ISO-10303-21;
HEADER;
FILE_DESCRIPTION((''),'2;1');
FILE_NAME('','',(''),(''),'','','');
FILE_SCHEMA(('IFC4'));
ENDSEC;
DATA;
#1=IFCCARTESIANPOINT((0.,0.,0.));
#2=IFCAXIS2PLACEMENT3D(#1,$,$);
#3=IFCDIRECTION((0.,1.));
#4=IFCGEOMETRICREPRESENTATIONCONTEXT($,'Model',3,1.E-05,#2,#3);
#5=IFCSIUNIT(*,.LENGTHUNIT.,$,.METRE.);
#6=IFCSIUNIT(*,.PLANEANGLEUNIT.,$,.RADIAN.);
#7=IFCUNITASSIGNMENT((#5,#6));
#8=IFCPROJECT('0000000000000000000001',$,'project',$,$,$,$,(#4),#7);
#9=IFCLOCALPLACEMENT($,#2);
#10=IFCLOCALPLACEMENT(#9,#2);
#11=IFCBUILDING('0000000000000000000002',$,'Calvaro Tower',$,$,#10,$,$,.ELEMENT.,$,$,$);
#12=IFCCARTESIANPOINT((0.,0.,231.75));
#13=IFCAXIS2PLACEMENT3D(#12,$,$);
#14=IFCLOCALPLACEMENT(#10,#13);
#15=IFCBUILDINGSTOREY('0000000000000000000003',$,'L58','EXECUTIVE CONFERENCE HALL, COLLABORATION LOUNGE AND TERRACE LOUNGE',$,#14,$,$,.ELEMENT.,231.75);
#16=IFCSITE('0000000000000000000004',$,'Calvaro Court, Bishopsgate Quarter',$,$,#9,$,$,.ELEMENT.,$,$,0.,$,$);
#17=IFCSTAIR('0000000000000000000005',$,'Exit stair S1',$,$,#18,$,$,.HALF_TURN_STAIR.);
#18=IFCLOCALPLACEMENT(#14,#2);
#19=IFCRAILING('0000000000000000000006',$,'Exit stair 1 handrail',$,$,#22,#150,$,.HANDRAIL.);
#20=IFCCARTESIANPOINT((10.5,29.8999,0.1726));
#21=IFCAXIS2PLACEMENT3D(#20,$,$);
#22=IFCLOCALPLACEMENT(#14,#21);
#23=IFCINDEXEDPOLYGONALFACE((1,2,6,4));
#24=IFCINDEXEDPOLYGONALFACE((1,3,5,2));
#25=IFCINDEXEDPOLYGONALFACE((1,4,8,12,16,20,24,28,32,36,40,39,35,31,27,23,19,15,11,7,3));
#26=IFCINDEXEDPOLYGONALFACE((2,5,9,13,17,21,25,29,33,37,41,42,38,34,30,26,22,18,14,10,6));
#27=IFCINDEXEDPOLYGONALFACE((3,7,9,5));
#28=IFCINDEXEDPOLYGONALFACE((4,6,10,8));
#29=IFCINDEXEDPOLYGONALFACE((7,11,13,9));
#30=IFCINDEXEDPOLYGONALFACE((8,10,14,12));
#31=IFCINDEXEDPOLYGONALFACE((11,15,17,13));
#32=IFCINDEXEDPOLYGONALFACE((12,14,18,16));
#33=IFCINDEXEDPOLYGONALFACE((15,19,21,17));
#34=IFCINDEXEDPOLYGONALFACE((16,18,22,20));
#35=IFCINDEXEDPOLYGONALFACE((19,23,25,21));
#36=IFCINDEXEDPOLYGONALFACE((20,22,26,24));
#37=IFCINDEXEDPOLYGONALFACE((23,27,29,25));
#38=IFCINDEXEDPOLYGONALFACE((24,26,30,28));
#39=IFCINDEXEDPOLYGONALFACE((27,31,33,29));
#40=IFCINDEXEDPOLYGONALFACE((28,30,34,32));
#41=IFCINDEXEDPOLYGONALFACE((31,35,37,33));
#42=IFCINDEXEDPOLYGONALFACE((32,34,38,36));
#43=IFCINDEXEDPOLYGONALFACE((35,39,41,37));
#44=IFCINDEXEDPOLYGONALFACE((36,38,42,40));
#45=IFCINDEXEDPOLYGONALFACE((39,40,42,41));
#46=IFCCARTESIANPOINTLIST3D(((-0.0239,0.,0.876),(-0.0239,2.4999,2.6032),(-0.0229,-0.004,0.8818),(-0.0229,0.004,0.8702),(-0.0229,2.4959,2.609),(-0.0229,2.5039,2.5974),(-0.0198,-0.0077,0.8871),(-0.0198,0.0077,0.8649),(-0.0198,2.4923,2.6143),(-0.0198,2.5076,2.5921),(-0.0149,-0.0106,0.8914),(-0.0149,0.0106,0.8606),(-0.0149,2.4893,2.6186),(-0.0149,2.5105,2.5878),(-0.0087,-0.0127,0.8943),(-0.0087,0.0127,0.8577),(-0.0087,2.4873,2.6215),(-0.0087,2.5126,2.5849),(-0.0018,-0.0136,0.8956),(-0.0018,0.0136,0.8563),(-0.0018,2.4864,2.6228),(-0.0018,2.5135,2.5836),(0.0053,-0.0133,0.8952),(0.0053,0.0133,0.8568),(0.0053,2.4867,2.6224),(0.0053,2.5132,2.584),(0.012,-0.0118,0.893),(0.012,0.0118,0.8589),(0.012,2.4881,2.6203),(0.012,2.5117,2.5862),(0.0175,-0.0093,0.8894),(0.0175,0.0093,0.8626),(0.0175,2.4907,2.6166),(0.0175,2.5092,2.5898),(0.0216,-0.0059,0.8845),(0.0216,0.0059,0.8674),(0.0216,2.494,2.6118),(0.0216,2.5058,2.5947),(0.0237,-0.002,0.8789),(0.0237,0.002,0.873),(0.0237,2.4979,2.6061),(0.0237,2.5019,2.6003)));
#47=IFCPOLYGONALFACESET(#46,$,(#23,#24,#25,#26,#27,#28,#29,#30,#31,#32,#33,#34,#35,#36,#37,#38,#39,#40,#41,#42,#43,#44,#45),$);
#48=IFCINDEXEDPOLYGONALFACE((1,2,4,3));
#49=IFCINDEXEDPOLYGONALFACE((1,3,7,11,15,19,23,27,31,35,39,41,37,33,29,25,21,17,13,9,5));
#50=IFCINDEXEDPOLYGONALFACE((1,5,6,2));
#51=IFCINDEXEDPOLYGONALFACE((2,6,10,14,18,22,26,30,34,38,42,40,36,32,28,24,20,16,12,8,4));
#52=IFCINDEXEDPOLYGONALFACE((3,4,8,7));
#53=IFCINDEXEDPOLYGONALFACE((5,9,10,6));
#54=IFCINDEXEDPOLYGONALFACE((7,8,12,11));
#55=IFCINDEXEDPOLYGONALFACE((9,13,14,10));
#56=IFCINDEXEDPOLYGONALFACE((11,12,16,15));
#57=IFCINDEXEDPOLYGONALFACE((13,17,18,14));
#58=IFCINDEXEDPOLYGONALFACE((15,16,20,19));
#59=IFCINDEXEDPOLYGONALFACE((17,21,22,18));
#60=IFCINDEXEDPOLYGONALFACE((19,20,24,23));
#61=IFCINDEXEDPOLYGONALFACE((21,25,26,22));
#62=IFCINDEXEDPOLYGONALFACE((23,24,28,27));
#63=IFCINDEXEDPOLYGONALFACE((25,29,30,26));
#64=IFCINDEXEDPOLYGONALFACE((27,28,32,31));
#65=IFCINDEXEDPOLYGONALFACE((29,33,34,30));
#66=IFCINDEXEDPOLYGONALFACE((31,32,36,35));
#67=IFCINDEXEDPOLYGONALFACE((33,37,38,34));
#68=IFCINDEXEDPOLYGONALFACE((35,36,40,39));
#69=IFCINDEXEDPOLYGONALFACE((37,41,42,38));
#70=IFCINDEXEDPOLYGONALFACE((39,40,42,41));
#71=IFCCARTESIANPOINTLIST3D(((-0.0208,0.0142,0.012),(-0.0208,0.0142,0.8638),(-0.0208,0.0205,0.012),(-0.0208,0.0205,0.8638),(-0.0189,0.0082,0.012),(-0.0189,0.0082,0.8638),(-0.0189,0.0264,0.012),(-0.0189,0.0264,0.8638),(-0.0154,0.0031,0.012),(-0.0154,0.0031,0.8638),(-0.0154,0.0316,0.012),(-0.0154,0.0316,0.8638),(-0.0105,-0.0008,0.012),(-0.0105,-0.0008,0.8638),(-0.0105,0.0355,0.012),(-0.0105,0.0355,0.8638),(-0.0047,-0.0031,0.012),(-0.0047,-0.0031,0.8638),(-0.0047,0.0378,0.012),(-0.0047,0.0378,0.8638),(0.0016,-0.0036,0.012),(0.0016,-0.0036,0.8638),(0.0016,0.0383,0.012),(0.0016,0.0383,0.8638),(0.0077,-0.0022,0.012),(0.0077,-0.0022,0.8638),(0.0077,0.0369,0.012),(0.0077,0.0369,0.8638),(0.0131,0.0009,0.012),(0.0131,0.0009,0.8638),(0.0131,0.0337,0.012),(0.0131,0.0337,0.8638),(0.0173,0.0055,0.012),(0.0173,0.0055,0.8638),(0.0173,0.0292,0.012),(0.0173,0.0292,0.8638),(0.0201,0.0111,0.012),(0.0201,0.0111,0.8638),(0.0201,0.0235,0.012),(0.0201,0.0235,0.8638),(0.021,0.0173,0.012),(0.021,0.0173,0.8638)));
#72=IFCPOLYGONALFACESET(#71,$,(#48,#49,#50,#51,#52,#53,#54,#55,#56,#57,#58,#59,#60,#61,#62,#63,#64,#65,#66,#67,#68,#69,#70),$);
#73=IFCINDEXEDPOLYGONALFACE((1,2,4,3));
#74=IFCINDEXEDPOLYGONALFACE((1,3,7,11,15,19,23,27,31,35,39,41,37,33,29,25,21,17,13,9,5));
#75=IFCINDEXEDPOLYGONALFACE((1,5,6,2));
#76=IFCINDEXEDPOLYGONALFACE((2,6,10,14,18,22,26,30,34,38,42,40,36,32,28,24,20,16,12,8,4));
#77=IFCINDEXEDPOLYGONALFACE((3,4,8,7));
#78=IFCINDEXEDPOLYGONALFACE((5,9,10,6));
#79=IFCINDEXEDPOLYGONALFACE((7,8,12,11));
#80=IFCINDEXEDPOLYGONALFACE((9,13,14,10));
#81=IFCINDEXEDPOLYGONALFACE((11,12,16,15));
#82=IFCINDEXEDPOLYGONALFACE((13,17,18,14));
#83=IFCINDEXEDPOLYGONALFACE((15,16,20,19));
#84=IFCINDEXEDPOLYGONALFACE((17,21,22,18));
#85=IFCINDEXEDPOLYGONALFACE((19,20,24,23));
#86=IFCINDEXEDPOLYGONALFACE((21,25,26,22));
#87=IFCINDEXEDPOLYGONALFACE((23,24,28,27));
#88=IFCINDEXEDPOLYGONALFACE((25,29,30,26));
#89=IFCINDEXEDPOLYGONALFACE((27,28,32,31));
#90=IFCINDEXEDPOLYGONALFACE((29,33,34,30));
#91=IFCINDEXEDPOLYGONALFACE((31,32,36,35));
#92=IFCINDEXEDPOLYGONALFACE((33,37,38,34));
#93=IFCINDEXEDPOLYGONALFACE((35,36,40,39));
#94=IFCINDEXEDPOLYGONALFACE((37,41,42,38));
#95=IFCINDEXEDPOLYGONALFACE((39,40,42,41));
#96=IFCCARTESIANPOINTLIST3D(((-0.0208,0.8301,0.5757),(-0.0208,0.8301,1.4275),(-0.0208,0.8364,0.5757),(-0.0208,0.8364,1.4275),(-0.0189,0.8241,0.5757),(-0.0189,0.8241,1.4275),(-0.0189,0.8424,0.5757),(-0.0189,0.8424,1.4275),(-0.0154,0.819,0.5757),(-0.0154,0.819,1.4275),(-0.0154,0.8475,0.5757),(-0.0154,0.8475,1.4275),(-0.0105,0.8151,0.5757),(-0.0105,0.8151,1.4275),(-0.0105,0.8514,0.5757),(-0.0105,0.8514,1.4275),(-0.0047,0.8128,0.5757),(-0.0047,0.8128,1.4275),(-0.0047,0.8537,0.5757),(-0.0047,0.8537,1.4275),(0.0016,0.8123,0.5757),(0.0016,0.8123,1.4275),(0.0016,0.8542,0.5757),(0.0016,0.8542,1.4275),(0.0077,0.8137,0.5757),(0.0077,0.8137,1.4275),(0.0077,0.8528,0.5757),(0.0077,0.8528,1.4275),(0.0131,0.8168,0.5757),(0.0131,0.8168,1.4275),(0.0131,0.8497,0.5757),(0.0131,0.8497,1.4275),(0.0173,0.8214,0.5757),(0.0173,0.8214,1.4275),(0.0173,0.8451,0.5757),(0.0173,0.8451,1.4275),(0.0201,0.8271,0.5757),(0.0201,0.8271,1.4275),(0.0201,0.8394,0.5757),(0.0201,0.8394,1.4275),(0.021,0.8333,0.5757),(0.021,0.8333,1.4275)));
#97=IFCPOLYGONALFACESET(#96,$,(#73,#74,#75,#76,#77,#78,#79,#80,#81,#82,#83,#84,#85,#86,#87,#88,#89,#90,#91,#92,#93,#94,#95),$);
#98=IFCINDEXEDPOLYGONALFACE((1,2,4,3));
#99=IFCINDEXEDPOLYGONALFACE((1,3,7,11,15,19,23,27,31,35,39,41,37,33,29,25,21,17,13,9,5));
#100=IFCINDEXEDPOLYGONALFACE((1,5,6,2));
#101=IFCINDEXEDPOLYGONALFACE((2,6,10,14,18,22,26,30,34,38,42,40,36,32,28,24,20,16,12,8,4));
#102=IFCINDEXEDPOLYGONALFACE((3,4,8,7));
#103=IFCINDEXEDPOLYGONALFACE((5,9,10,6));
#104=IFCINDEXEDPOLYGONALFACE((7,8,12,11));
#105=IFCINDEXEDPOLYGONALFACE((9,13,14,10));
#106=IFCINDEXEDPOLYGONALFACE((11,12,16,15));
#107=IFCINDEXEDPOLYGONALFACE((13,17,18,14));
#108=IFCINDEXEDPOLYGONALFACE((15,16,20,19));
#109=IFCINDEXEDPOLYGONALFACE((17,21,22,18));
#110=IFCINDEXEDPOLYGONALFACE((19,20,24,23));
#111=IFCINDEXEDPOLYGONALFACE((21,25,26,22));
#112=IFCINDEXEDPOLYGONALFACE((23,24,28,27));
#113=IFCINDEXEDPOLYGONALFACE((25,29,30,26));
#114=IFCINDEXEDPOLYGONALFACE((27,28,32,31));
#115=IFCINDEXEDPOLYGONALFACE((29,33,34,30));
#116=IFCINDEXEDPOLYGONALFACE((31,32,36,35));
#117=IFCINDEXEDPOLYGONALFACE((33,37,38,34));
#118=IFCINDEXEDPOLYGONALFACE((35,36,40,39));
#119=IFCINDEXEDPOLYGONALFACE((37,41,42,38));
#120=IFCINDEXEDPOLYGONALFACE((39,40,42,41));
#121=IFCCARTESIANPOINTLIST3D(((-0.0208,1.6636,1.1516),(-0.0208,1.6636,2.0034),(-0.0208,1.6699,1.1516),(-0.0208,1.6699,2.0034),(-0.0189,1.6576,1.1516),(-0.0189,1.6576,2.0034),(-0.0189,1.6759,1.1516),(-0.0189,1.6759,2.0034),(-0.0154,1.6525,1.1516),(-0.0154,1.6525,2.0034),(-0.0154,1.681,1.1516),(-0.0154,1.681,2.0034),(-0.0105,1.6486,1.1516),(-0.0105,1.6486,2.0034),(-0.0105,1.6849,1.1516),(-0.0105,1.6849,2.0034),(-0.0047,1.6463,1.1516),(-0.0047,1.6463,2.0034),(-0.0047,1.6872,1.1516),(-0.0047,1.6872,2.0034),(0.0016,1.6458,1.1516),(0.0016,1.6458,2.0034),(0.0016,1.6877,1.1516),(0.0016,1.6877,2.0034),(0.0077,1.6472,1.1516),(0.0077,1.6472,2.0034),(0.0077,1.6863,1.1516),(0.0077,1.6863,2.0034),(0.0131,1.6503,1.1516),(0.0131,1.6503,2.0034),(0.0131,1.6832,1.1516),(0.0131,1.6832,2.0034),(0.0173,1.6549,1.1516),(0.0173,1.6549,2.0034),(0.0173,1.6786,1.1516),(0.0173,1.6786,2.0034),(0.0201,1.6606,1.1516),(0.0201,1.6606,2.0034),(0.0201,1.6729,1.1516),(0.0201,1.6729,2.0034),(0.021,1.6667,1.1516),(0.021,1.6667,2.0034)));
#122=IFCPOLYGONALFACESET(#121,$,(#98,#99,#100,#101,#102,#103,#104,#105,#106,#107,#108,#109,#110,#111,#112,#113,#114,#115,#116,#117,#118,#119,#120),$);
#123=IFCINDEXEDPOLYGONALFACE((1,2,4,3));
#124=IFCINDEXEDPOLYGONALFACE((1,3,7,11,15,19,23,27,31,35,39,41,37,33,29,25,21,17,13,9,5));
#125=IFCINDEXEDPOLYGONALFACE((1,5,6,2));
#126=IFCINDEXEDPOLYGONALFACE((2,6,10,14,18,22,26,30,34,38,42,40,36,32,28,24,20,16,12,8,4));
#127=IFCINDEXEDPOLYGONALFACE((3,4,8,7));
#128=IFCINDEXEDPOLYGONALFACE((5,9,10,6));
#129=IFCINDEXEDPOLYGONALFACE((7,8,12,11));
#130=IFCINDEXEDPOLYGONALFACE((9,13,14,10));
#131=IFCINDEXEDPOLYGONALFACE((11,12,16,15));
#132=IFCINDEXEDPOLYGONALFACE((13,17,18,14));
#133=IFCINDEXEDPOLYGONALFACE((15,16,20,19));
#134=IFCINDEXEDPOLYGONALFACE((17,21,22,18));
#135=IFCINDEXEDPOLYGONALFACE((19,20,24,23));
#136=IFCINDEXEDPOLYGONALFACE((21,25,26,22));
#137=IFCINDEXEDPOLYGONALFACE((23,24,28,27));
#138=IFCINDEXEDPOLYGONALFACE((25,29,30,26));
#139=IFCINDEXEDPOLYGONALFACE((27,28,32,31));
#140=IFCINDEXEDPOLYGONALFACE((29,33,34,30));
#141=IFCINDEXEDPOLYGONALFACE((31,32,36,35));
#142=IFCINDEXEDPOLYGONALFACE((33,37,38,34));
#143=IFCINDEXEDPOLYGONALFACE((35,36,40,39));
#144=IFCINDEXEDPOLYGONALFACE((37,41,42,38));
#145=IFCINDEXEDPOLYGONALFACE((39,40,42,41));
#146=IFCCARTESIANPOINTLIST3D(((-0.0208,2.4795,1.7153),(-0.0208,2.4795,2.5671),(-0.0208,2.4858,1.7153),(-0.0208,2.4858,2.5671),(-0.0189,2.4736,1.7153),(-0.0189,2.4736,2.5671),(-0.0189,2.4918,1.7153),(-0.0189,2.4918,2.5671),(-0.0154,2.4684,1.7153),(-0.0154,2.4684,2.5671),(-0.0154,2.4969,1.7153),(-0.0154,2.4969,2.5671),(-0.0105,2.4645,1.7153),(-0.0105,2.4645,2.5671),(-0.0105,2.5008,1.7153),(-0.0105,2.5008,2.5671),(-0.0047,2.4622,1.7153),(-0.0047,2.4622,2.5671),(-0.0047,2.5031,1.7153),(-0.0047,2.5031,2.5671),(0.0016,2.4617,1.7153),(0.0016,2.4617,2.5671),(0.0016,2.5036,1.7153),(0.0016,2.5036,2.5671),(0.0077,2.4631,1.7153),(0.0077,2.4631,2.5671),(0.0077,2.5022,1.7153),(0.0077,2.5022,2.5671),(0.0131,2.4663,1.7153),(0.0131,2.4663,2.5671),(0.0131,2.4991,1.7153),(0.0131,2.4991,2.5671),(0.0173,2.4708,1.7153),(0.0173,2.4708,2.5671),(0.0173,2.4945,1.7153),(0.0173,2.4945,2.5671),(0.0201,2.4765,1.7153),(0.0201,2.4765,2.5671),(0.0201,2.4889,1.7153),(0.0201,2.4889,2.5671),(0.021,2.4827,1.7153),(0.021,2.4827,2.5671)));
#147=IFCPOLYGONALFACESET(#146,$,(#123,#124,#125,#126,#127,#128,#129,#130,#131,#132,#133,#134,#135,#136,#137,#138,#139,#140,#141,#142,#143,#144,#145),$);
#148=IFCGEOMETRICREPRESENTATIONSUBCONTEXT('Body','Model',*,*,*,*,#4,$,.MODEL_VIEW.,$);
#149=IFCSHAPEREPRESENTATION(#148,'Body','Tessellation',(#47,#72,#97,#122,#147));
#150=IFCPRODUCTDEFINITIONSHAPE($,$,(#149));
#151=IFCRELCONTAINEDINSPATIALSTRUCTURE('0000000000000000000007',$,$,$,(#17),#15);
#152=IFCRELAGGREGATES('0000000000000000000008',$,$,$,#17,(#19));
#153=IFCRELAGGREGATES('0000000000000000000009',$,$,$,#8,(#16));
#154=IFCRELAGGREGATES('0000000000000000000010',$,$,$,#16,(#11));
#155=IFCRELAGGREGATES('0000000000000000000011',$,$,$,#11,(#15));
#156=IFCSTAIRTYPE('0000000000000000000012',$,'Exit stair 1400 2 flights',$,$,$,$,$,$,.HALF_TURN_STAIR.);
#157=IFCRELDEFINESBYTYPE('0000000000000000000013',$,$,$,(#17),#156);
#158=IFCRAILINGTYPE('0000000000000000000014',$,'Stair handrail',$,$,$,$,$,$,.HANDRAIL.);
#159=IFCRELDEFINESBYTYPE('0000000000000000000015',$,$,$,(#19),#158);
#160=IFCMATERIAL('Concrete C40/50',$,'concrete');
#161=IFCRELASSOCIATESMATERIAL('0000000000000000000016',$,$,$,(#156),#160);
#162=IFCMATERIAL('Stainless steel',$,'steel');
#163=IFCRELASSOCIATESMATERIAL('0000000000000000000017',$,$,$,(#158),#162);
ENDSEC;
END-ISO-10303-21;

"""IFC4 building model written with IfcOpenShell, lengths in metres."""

from ifc_helpers import new_model, si_unit, direction, frame, origin, origin_2d, place, context, subcontext, project, spatial, circle, extrude, material, type_object, element, aggregate, save


model = new_model("IFC4")

# Units and contexts
model_context = context("Model", 3, precision=1e-05, world=origin(), true_north=direction((0.0, 1.0)))
body_context = subcontext(model_context, "Body", "Model", "MODEL_VIEW")
ifc_project = project(units=[si_unit("LENGTHUNIT", "METRE"), si_unit("PLANEANGLEUNIT", "RADIAN")], contexts=[model_context])

# Site, building, storey
site_placement = place(None, origin())
site = spatial("IfcSite", under=ifc_project, at=site_placement, Name="Calvaro Court, Bishopsgate Quarter", CompositionType="ELEMENT", RefElevation=0.0)
building_placement = place(site_placement, origin())
building = spatial("IfcBuilding", under=site, at=building_placement, Name="Calvaro Tower", CompositionType="ELEMENT")
storey_placement = place(building_placement, frame((0.0, 0.0, 231.75)))
storey = spatial("IfcBuildingStorey", under=building, at=storey_placement, Name="L58", Description="EXECUTIVE CONFERENCE HALL, COLLABORATION LOUNGE AND TERRACE LOUNGE", CompositionType="ELEMENT", Elevation=231.75)

# Stair, railing
ifc_material_1 = material(Name="Concrete C40/50", Category="concrete")
stair_type = type_object("IfcStairType", Name="Exit stair 1400 2 flights", PredefinedType="HALF_TURN_STAIR", material=ifc_material_1)
stair_placement = place(storey_placement, origin())
stair = element("IfcStair", 1, at=stair_placement, inside=storey, type_object=stair_type, Name="Exit stair S1", PredefinedType="HALF_TURN_STAIR")
ifc_material_2 = material(Name="Stainless steel", Category="steel")
railing_type = type_object("IfcRailingType", Name="Stair handrail", PredefinedType="HANDRAIL", material=ifc_material_2)
railing_1_placement = place(storey_placement, frame((10.5, 29.8999, 0.1726)))
railing_1 = element("IfcRailing", 2, at=railing_1_placement, type_object=railing_type, Name="Exit stair 1 handrail", PredefinedType="HANDRAIL", context=body_context, shape_type="SweptSolid", body=[
    extrude(circle(Radius=0.0239, at=origin_2d()), frame((0.0, 0.0, 0.876), z_axis=(0.0, 0.822727, 0.568437), x_axis=(-1.0, 0.0, 0.0)), (0.0, 0.0, 1.0), 3.0386),
    extrude(circle(Radius=0.021, at=origin_2d()), frame((0.0, 0.0173, 0.012)), (0.0, 0.0, 1.0), 0.8518),
    extrude(circle(Radius=0.021, at=origin_2d()), frame((0.0, 0.8333, 0.5757)), (0.0, 0.0, 1.0), 0.8518),
    extrude(circle(Radius=0.021, at=origin_2d()), frame((0.0, 1.6667, 1.1516)), (0.0, 0.0, 1.0), 0.8518),
    extrude(circle(Radius=0.021, at=origin_2d()), frame((0.0, 2.4827, 1.7153)), (0.0, 0.0, 1.0), 0.8518),
])
aggregate(stair, [railing_1])

save(model, "model.ifc")
